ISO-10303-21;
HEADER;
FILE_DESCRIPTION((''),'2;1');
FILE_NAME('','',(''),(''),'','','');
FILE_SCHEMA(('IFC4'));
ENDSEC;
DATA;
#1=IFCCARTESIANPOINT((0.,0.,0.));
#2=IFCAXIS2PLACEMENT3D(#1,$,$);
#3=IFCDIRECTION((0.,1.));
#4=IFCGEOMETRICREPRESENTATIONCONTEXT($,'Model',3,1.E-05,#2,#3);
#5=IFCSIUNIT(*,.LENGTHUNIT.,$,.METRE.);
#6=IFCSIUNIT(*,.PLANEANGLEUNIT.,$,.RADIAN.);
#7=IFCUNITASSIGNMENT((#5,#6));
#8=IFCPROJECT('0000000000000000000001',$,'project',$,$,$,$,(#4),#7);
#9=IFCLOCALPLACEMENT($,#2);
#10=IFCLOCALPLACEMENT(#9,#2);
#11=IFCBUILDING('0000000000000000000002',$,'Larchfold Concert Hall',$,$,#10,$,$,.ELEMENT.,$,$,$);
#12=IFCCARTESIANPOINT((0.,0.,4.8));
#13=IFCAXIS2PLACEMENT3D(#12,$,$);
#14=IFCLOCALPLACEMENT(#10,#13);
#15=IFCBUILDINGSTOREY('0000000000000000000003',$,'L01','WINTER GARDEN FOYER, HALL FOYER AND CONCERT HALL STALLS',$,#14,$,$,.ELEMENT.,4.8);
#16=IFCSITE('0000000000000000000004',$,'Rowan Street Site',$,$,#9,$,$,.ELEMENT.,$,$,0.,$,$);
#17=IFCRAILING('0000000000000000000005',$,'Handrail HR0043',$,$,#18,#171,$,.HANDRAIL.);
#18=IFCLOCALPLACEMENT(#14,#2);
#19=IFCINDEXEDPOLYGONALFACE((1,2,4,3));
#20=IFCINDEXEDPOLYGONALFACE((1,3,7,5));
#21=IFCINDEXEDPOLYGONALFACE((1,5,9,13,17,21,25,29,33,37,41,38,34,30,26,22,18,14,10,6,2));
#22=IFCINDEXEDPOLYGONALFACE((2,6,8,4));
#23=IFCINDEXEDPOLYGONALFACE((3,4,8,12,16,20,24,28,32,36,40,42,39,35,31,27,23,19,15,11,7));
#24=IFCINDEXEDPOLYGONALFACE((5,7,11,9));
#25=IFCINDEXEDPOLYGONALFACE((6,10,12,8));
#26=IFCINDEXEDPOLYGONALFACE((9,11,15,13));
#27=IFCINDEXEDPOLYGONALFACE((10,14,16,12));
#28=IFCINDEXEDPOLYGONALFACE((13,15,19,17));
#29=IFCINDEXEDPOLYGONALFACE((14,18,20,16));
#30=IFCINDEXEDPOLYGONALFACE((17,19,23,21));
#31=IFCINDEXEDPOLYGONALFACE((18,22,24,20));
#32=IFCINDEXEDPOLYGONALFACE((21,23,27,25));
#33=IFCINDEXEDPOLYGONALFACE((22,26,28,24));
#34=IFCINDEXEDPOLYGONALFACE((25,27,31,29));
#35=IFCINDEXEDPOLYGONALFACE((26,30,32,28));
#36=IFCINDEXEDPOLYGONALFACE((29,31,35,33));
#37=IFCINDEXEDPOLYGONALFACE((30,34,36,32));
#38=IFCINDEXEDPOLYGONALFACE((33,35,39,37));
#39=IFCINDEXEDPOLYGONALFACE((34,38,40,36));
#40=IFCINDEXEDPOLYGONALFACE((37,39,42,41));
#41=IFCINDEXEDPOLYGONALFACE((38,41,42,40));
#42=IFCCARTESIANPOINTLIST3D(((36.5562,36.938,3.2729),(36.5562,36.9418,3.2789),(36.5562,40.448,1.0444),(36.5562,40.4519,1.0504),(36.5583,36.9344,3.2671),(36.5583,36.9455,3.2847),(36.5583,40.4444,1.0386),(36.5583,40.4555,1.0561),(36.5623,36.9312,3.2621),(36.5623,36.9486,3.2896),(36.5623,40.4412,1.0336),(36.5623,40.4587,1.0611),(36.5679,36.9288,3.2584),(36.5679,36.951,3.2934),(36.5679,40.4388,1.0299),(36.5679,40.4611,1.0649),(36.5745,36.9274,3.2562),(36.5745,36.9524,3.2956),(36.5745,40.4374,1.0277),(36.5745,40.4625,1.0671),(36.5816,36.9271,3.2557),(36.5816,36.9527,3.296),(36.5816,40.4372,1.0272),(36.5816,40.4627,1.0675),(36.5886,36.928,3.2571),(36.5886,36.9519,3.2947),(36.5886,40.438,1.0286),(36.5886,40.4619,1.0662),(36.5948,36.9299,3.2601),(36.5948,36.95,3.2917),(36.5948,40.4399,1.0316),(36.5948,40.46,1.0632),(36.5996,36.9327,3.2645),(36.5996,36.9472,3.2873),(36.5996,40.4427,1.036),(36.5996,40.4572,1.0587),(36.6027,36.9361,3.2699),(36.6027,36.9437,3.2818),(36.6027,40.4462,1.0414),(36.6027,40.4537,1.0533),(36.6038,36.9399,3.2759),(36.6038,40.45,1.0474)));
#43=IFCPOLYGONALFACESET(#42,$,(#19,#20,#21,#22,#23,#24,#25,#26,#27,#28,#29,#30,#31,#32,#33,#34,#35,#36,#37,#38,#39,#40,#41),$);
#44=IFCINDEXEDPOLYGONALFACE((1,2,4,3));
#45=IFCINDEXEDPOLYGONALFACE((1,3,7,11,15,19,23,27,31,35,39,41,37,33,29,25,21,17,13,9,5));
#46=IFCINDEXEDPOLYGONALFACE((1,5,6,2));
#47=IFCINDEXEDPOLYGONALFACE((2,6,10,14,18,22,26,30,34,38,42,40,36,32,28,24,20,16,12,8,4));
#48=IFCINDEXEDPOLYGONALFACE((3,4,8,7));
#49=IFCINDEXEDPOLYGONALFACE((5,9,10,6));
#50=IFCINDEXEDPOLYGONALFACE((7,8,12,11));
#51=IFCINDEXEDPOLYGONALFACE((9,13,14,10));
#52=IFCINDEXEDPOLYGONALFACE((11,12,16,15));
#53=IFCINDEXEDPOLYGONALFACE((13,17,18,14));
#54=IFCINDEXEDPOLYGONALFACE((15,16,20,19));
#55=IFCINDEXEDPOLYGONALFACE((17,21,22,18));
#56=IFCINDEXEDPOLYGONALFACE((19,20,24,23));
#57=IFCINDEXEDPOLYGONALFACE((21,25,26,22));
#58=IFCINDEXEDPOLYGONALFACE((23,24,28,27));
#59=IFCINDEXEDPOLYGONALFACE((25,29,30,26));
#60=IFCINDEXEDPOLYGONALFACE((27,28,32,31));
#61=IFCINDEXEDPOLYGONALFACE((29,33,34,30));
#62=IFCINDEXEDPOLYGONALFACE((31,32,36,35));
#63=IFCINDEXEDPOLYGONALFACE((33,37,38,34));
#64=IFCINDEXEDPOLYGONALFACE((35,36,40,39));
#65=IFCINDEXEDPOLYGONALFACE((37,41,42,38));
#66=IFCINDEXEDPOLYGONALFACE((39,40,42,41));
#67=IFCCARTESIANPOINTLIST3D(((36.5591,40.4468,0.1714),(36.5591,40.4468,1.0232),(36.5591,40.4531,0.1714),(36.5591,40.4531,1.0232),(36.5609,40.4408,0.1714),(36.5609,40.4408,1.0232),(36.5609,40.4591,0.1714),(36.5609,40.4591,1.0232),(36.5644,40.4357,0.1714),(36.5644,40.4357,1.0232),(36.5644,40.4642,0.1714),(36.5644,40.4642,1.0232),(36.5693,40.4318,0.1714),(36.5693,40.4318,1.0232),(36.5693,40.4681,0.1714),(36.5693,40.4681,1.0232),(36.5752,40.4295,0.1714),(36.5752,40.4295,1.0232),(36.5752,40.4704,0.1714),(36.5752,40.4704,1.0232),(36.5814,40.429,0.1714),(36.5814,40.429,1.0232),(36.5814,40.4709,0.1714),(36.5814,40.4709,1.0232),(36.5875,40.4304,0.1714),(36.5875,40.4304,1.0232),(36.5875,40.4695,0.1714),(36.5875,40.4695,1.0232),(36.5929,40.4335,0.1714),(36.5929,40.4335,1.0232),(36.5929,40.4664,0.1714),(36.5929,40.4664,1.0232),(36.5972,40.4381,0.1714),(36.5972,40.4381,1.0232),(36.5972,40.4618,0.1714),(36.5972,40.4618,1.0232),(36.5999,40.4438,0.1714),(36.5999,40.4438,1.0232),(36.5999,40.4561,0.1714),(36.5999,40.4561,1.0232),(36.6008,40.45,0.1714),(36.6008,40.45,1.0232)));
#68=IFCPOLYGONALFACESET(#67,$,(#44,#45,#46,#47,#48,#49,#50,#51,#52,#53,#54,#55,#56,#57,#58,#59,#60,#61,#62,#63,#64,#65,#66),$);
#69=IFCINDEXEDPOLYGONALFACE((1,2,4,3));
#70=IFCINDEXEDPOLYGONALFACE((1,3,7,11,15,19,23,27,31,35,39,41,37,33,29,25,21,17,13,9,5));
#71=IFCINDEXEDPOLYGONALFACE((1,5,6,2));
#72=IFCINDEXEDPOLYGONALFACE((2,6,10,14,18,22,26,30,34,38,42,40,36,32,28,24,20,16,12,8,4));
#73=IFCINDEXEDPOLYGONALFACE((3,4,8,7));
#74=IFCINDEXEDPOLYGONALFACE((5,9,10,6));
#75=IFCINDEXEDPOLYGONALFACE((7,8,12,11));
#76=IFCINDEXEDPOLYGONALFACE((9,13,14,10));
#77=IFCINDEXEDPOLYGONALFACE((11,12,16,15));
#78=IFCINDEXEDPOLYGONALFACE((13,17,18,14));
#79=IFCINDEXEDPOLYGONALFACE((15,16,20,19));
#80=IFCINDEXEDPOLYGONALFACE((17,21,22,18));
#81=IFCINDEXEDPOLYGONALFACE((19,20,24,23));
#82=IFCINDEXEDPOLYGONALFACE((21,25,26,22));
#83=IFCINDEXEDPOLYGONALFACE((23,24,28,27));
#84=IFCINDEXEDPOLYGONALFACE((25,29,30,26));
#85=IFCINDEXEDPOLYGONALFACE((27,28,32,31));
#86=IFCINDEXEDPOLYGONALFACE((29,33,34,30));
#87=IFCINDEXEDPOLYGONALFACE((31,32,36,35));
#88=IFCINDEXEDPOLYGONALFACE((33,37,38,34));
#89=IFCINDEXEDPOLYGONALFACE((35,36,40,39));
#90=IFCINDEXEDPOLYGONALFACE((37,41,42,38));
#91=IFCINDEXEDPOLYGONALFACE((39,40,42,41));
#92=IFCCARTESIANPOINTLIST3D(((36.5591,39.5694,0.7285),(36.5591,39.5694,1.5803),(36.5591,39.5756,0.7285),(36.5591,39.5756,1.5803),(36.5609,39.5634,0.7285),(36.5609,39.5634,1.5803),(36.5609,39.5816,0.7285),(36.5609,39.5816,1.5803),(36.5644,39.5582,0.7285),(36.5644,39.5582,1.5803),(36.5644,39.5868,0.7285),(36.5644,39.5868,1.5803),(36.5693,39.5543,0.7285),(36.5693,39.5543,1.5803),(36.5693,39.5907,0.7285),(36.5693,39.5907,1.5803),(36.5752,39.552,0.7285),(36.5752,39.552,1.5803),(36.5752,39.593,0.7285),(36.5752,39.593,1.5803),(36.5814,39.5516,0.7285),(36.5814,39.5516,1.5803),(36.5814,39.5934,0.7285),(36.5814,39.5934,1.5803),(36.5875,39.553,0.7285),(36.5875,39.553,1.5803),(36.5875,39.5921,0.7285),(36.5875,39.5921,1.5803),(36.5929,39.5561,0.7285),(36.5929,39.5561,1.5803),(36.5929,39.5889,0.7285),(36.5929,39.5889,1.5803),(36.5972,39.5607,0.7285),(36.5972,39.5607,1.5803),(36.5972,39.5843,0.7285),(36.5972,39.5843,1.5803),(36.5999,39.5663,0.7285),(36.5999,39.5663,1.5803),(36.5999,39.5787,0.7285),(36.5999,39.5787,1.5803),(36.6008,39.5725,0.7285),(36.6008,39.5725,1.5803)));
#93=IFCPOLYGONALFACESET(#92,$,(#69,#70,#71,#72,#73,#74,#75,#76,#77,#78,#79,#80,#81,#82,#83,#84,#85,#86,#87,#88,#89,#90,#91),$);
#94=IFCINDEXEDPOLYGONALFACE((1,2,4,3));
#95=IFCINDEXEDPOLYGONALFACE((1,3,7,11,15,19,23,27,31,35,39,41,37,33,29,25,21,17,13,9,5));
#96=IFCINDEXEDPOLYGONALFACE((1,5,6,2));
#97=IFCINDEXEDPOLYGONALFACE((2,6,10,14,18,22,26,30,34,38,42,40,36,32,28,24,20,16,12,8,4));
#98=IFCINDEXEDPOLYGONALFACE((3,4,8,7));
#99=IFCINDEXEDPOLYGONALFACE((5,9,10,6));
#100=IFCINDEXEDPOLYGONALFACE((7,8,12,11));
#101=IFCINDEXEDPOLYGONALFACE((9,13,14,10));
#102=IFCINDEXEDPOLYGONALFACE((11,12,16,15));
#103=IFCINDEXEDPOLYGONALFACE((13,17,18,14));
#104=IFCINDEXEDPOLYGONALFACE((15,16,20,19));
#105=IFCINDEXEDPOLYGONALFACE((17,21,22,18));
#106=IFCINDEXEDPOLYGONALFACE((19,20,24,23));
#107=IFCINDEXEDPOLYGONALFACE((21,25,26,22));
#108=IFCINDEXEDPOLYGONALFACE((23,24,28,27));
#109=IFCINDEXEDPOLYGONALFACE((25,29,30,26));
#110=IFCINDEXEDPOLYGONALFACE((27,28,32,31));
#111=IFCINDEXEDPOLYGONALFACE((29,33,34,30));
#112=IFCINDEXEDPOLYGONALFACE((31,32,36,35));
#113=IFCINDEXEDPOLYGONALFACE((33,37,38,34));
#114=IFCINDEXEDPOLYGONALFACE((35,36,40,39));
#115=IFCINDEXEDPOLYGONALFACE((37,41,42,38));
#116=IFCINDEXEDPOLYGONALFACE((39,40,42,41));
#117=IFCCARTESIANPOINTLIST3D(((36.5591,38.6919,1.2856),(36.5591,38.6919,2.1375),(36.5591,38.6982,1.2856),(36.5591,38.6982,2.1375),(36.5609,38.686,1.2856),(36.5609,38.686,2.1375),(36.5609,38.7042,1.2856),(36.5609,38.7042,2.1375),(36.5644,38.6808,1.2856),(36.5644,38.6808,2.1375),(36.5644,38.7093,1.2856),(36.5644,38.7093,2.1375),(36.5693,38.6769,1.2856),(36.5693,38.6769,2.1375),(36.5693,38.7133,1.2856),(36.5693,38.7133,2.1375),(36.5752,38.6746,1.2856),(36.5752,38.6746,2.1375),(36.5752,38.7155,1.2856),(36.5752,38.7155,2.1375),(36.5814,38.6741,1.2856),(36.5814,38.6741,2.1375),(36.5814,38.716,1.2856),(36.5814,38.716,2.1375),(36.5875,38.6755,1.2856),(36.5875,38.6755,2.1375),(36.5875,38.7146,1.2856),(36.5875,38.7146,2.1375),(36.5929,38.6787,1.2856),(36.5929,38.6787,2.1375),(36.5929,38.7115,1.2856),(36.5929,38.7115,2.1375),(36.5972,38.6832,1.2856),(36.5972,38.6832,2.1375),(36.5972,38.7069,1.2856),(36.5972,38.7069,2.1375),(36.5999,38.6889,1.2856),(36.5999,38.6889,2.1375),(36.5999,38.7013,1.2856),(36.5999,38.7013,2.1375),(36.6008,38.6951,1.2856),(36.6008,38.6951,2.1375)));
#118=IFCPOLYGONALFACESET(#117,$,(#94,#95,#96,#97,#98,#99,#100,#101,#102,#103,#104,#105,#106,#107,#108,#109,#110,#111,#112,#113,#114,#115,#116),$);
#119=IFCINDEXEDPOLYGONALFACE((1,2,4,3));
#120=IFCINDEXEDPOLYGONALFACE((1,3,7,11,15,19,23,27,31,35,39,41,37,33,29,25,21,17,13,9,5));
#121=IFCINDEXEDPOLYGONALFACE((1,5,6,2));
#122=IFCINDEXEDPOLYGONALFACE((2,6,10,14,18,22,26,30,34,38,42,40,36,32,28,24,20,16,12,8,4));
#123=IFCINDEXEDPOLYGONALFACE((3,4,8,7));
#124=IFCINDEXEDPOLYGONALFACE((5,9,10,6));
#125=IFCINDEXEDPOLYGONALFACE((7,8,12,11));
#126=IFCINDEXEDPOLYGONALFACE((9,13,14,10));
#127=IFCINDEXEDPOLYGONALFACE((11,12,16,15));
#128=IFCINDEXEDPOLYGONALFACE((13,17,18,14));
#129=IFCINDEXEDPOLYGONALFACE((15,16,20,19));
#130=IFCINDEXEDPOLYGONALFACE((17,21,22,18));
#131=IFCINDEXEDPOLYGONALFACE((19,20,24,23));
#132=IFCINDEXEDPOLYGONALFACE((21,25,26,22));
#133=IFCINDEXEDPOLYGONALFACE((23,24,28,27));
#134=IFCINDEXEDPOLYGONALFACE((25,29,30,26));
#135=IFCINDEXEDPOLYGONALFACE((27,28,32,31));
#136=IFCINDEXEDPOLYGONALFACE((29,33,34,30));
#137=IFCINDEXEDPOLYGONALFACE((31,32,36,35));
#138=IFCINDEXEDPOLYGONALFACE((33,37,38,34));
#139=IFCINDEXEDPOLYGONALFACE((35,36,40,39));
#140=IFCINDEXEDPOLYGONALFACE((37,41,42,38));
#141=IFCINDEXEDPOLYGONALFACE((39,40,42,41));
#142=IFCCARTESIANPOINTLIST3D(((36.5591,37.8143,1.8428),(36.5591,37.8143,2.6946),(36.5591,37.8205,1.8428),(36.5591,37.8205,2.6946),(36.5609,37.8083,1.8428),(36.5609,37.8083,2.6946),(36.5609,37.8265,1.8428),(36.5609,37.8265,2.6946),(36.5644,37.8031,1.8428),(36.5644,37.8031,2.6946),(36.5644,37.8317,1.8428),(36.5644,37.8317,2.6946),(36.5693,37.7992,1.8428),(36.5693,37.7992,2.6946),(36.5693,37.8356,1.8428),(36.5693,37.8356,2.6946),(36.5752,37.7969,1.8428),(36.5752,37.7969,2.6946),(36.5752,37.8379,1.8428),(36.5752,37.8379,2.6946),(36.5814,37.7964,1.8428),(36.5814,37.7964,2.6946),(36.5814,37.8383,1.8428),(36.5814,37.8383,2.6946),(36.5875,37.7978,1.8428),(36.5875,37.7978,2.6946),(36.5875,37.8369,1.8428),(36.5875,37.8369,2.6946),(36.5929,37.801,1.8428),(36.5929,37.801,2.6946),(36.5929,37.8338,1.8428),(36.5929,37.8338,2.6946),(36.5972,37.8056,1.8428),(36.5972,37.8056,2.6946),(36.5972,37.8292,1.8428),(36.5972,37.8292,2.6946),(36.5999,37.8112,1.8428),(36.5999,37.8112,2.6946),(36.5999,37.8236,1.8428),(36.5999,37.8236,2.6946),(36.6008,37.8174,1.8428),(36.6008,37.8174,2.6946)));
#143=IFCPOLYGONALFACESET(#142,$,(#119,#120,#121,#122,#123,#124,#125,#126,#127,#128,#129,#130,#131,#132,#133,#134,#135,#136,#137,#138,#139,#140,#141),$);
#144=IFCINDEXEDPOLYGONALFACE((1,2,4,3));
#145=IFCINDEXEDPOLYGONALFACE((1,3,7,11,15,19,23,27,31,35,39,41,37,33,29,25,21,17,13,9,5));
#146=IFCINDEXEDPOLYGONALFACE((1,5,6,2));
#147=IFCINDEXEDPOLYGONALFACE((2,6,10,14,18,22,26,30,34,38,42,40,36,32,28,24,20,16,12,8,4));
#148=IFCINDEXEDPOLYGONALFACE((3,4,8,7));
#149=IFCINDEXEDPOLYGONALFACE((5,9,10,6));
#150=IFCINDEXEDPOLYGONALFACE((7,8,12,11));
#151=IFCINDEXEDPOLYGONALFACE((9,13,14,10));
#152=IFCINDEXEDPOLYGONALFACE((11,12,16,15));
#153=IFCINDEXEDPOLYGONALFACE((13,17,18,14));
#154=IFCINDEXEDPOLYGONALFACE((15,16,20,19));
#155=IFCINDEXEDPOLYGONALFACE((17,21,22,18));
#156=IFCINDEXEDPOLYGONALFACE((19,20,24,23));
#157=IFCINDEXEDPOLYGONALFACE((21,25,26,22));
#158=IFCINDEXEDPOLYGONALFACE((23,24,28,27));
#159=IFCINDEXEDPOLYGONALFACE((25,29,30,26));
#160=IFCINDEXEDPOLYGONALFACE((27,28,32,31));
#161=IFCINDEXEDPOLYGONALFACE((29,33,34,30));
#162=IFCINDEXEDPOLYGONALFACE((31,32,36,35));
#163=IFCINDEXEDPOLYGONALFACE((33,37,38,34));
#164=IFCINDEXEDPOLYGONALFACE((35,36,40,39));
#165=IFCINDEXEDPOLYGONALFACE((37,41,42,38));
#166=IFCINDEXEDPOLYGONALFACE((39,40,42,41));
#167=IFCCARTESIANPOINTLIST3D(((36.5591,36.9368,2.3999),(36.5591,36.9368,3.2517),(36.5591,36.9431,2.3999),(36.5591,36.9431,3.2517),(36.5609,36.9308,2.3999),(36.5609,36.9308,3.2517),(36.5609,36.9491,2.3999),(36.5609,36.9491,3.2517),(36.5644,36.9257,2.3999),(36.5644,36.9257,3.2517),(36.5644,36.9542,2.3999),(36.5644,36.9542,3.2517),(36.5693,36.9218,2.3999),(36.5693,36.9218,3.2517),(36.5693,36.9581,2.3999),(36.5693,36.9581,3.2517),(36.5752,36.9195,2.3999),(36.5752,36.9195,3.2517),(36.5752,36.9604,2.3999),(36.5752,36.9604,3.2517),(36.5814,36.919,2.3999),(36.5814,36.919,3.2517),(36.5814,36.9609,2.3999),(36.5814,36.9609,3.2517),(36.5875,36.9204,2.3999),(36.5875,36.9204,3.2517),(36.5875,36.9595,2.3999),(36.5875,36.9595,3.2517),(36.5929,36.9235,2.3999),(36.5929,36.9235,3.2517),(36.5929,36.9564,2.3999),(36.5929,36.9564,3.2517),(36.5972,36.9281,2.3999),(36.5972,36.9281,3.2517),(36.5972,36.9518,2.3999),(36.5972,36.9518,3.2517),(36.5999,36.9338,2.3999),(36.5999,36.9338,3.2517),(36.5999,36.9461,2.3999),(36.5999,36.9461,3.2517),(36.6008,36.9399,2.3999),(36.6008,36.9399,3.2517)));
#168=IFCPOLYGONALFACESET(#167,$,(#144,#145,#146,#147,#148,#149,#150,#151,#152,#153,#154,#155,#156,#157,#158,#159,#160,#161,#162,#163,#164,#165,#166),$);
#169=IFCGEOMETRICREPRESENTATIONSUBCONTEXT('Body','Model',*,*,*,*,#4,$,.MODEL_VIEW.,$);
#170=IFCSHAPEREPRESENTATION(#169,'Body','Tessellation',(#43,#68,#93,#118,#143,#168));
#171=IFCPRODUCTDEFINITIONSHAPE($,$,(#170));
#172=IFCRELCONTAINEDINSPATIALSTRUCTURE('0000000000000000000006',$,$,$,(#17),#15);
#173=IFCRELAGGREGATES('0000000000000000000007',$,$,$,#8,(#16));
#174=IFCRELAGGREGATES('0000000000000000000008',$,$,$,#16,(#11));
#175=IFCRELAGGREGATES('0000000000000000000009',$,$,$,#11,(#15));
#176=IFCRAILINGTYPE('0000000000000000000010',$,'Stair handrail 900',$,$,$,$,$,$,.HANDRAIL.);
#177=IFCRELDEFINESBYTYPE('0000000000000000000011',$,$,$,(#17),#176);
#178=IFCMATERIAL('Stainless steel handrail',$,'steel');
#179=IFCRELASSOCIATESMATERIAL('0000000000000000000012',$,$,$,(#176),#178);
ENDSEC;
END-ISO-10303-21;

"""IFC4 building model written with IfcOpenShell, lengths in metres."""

from ifc_helpers import new_model, si_unit, direction, frame, origin, origin_2d, place, context, subcontext, project, spatial, circle, extrude, material, type_object, element, save


model = new_model("IFC4")

# Units and contexts
model_context = context("Model", 3, precision=1e-05, world=origin(), true_north=direction((0.0, 1.0)))
body_context = subcontext(model_context, "Body", "Model", "MODEL_VIEW")
ifc_project = project(units=[si_unit("LENGTHUNIT", "METRE"), si_unit("PLANEANGLEUNIT", "RADIAN")], contexts=[model_context])

# Site, building, storey
site_placement = place(None, origin())
site = spatial("IfcSite", under=ifc_project, at=site_placement, Name="Rowan Street Site", CompositionType="ELEMENT", RefElevation=0.0)
building_placement = place(site_placement, origin())
building = spatial("IfcBuilding", under=site, at=building_placement, Name="Larchfold Concert Hall", CompositionType="ELEMENT")
storey_placement = place(building_placement, frame((0.0, 0.0, 4.8)))
storey = spatial("IfcBuildingStorey", under=building, at=storey_placement, Name="L01", Description="WINTER GARDEN FOYER, HALL FOYER AND CONCERT HALL STALLS", CompositionType="ELEMENT", Elevation=4.8)

# Railing
ifc_material_1 = material(Name="Stainless steel handrail", Category="steel")
railing_type_1 = type_object("IfcRailingType", Name="Stair handrail 900", PredefinedType="HANDRAIL", material=ifc_material_1)
railing_1_placement = place(storey_placement, frame((36.5798, 40.45, 0.1714)))
element("IfcRailing", 1, at=railing_1_placement, inside=storey, type_object=railing_type_1, Name="Handrail HR0043", PredefinedType="HANDRAIL", context=body_context, shape_type="SweptSolid", body=[
    extrude(circle(Radius=0.0239, at=origin_2d()), frame((0.0, 0.0, 0.876), z_axis=(0.0, -0.84422, 0.535998), x_axis=(1.0, 0.0, 0.0)), (0.0, 0.0, 1.0), 4.1577),
    extrude(circle(Radius=0.021, at=origin_2d()), origin(), (0.0, 0.0, 1.0), 0.8518),
    extrude(circle(Radius=0.021, at=origin_2d()), frame((0.0, -0.8774, 0.5571)), (0.0, 0.0, 1.0), 0.8518),
    extrude(circle(Radius=0.021, at=origin_2d()), frame((0.0, -1.7549, 1.1143)), (0.0, 0.0, 1.0), 0.8518),
    extrude(circle(Radius=0.021, at=origin_2d()), frame((0.0, -2.6326, 1.6714)), (0.0, 0.0, 1.0), 0.8518),
    extrude(circle(Radius=0.021, at=origin_2d()), frame((0.0, -3.51, 2.2285)), (0.0, 0.0, 1.0), 0.8518),
])

save(model, "model.ifc")
